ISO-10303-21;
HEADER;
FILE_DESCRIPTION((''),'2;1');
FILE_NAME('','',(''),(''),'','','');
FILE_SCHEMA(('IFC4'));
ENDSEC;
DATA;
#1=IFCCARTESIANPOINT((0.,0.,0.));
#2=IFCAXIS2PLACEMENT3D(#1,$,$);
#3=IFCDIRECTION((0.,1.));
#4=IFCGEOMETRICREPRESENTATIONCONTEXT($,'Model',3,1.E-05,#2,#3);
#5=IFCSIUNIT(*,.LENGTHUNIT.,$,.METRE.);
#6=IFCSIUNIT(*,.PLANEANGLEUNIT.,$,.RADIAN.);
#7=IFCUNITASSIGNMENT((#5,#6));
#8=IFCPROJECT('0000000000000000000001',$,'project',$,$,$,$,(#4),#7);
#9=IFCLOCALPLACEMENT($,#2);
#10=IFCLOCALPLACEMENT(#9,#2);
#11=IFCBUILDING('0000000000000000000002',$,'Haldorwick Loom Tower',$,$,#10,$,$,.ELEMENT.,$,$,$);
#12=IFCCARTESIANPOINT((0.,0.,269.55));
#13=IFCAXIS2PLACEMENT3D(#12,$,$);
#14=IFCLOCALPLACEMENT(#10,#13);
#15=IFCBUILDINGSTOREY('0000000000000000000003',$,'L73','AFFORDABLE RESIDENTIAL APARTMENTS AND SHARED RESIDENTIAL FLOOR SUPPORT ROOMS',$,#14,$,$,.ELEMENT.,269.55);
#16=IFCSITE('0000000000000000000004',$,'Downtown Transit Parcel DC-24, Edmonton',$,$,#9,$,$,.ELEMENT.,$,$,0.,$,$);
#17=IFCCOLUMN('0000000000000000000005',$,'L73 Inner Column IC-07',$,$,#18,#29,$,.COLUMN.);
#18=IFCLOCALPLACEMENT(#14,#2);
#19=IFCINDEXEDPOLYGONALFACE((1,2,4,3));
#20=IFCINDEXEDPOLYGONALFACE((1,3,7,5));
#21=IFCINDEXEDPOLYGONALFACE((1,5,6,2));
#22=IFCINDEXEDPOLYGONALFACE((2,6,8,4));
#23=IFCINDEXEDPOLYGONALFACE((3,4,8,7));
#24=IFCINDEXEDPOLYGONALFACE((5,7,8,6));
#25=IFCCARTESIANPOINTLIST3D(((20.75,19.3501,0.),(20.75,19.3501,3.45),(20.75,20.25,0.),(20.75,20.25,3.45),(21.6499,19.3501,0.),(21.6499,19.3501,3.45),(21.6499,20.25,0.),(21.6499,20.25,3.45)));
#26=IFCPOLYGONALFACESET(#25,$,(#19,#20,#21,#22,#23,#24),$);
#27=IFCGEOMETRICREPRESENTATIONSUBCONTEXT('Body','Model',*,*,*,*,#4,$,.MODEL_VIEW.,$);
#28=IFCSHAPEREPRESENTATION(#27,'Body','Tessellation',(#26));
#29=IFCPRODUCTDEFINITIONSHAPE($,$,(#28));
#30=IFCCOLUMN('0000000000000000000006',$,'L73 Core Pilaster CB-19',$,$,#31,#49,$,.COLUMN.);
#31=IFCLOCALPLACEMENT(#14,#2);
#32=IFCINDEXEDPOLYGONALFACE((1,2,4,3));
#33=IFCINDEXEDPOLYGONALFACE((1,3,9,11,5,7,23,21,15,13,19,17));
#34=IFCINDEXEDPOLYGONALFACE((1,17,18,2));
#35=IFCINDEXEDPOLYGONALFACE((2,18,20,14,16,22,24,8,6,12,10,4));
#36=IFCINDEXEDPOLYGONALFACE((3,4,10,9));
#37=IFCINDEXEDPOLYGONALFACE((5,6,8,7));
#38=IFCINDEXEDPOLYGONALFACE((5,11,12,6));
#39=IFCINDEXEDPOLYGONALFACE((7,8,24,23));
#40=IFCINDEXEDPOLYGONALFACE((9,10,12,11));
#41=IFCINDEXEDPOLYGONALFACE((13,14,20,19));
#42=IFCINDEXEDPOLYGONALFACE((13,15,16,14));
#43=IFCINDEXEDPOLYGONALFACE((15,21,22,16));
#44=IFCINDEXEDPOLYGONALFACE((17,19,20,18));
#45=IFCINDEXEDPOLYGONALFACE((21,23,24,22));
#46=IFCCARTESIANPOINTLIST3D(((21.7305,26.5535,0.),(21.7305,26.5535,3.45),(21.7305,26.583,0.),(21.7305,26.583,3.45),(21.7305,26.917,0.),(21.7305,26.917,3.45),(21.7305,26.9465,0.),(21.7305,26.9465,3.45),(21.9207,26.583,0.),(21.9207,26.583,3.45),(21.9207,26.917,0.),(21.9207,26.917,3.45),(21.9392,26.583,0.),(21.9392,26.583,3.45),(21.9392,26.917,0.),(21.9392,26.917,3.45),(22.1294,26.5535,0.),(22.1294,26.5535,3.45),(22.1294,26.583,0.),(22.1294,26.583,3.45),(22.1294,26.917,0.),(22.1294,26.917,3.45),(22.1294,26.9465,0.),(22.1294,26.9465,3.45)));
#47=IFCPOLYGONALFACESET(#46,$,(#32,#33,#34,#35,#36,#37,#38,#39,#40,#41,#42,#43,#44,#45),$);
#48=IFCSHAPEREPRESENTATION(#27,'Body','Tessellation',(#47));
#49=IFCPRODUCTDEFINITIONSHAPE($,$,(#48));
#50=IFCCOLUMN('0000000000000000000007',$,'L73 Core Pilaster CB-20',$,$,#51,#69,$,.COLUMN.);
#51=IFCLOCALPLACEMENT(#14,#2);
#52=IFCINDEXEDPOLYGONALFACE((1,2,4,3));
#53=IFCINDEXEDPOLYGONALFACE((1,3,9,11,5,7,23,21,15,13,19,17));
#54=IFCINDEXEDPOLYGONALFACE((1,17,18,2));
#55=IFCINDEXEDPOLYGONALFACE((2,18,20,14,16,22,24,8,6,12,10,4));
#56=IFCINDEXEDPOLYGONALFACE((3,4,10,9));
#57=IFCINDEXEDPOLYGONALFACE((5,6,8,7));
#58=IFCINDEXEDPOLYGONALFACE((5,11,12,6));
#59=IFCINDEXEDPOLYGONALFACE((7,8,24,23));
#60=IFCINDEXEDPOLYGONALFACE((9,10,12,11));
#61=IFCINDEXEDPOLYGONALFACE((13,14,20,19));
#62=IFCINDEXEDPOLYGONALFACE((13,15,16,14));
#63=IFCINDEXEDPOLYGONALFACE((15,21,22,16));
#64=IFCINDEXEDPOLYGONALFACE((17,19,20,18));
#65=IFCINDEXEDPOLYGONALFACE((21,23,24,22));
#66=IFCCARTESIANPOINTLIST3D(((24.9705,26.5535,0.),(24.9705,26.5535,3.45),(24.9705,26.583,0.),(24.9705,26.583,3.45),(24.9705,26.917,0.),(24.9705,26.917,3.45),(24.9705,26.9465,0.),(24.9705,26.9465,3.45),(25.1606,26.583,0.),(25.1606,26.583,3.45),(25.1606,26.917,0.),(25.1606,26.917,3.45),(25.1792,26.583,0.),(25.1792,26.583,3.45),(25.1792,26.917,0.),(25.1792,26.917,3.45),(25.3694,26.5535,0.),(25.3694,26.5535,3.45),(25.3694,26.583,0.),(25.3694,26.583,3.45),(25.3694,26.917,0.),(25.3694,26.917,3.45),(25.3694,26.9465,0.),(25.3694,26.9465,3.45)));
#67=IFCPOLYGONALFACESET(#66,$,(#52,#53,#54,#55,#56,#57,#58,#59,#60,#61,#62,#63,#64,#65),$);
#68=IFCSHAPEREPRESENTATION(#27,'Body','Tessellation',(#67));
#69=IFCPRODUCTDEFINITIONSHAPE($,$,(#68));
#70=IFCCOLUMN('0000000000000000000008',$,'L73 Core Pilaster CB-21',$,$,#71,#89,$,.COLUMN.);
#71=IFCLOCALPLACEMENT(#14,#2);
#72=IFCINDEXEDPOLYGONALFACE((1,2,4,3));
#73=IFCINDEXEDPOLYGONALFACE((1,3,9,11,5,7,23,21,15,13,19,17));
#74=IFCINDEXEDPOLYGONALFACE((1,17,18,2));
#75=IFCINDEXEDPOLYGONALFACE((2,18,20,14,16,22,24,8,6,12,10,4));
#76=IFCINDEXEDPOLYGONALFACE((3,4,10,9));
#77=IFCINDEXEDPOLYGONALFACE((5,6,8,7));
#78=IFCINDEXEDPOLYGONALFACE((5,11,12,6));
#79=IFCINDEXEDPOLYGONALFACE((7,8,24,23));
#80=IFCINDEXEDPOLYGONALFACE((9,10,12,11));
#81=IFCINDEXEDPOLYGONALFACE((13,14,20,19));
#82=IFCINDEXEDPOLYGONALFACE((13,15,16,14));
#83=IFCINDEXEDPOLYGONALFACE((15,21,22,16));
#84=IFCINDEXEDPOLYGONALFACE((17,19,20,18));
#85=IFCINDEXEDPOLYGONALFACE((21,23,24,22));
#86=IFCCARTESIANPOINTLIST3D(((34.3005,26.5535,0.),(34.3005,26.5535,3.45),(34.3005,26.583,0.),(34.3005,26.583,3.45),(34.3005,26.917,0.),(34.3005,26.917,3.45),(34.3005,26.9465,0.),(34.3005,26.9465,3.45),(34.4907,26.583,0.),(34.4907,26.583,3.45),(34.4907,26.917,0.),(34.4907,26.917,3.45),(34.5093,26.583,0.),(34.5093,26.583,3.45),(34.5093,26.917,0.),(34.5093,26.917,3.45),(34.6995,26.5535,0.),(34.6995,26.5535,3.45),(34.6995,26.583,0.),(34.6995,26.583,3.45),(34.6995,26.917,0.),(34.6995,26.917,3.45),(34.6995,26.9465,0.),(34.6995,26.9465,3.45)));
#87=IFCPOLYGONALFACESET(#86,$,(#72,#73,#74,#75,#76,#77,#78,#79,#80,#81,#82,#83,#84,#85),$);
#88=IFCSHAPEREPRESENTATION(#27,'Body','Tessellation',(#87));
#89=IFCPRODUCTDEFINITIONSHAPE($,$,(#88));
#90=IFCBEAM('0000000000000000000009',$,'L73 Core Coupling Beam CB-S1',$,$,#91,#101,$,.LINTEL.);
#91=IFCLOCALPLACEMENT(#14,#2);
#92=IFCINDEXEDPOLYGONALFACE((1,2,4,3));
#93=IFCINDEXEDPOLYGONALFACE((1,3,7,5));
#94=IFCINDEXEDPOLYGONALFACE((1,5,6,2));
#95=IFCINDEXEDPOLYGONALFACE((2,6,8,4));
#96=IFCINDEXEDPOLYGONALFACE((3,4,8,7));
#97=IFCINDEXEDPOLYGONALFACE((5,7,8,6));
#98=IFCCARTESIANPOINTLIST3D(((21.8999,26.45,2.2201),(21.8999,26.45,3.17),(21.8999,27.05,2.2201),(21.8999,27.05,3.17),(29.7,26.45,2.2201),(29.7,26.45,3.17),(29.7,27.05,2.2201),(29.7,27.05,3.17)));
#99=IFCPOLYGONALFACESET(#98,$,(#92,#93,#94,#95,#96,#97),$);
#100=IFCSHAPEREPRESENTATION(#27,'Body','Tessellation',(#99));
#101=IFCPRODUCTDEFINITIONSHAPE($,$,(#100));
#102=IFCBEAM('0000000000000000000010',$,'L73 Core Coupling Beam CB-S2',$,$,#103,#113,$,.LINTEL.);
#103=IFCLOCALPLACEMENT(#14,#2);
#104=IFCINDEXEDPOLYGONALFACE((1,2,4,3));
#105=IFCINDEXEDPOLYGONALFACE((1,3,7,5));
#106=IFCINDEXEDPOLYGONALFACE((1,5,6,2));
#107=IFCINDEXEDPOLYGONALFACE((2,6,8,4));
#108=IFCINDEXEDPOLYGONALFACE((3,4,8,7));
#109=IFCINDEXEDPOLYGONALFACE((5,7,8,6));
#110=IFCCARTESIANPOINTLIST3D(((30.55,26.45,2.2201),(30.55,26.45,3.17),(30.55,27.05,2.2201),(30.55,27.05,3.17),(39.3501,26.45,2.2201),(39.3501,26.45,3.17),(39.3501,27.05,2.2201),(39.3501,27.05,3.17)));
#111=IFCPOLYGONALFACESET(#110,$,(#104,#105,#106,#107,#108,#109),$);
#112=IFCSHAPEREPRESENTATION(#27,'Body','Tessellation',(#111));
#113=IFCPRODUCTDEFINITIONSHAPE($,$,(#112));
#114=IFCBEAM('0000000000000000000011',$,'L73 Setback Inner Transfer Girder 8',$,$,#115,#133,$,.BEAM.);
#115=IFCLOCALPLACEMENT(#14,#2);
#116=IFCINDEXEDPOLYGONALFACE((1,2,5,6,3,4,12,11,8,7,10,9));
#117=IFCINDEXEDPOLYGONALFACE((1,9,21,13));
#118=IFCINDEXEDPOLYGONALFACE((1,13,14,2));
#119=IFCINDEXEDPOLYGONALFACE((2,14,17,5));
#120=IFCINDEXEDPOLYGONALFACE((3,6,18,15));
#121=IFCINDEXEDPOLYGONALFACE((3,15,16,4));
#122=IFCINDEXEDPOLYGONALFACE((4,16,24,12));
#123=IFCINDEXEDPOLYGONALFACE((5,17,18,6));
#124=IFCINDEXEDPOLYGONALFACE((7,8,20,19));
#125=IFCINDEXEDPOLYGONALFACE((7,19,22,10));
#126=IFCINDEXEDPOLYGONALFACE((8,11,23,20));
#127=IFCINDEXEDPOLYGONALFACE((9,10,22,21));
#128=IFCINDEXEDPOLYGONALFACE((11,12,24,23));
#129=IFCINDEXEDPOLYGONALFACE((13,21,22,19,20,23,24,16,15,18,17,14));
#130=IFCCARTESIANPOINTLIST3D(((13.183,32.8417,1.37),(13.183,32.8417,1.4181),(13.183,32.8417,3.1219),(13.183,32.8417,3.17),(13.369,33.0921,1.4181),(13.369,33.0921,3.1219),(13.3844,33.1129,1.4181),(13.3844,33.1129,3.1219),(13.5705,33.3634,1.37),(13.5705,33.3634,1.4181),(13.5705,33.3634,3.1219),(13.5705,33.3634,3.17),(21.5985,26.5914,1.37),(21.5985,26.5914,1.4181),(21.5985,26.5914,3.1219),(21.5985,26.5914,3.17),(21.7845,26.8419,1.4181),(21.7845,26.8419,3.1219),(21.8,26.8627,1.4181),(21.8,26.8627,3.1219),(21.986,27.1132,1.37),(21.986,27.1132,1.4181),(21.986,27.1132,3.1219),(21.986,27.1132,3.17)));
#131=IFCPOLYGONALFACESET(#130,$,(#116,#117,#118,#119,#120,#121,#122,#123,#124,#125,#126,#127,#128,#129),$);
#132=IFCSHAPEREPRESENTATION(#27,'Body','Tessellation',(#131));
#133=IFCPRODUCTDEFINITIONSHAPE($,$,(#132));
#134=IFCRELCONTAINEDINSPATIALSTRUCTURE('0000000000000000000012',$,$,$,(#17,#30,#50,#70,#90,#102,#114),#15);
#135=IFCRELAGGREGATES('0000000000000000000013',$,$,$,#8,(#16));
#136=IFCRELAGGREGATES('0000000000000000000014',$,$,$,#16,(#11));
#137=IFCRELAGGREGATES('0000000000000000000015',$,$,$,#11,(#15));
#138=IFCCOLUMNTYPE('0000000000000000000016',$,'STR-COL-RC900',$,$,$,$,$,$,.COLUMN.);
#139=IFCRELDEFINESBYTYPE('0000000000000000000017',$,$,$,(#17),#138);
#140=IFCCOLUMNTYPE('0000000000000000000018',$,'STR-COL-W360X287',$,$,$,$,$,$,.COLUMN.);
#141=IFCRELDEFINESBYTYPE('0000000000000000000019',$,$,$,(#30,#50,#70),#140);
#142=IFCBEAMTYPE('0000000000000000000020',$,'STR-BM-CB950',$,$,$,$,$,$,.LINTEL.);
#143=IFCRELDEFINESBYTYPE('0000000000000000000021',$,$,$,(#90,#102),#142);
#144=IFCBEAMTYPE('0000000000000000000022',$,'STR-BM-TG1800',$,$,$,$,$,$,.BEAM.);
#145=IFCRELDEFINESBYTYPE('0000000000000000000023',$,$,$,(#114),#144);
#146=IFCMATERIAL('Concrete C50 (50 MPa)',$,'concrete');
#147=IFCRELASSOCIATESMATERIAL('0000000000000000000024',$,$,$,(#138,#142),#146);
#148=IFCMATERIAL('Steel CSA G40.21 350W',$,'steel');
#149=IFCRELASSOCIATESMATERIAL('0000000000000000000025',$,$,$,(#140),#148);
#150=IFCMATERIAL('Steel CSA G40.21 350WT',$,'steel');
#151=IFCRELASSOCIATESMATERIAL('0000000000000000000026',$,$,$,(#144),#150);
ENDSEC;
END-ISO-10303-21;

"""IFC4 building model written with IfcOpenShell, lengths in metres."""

from ifc_helpers import new_model, si_unit, direction, frame, origin, origin_2d, place, context, subcontext, project, spatial, rectangle, i_section, extrude, material, material_profile, profile_set, type_object, element, save


model = new_model("IFC4")

# Units and contexts
model_context = context("Model", 3, precision=1e-05, world=origin(), true_north=direction((0.0, 1.0)))
body_context = subcontext(model_context, "Body", "Model", "MODEL_VIEW")
ifc_project = project(units=[si_unit("LENGTHUNIT", "METRE"), si_unit("PLANEANGLEUNIT", "RADIAN")], contexts=[model_context])

# Site, building, storey
site_placement = place(None, origin())
site = spatial("IfcSite", under=ifc_project, at=site_placement, Name="Downtown Transit Parcel DC-24, Edmonton", CompositionType="ELEMENT", RefElevation=0.0)
building_placement = place(site_placement, origin())
building = spatial("IfcBuilding", under=site, at=building_placement, Name="Haldorwick Loom Tower", CompositionType="ELEMENT")
storey_placement = place(building_placement, frame((0.0, 0.0, 269.55)))
storey = spatial("IfcBuildingStorey", under=building, at=storey_placement, Name="L73", Description="AFFORDABLE RESIDENTIAL APARTMENTS AND SHARED RESIDENTIAL FLOOR SUPPORT ROOMS", CompositionType="ELEMENT", Elevation=269.55)

# Columns
ifc_material_1 = material(Name="Concrete C50 (50 MPa)", Category="concrete")
ifc_material_profile_1 = material_profile(ifc_material_1, rectangle(XDim=0.8999, YDim=0.8999, at=origin_2d()), Name="RC900X900", Category="concrete")
ifc_profile_set_1 = profile_set([ifc_material_profile_1], Name="Concrete C50 (50 MPa)")
column_type_1 = type_object("IfcColumnType", Name="STR-COL-RC900", PredefinedType="COLUMN", material=ifc_profile_set_1)
column_placement = place(storey_placement, frame((21.2, 19.8, 0.0), z_axis=(0.0, 0.0, 1.0), x_axis=(1.0, 0.0, 0.0)))
element("IfcColumn", 1, at=column_placement, inside=storey, type_object=column_type_1, Name="L73 Inner Column IC-07", PredefinedType="COLUMN", context=body_context, shape_type="SweptSolid", body=[
    extrude(rectangle(XDim=0.8999, YDim=0.8999, at=origin_2d()), origin(), (0.0, 0.0, 1.0), 3.45),
])
ifc_material_2 = material(Name="Steel CSA G40.21 350W", Category="steel")
ifc_material_profile_2 = material_profile(ifc_material_2, i_section(OverallWidth=0.3989, OverallDepth=0.3931, WebThickness=0.0186, FlangeThickness=0.0295, at=origin_2d()), Name="W360X287", Category="steel")
ifc_profile_set_2 = profile_set([ifc_material_profile_2], Name="Steel CSA G40.21 350W")
column_type_2 = type_object("IfcColumnType", Name="STR-COL-W360X287", PredefinedType="COLUMN", material=ifc_profile_set_2)
for number, where, z_axis, x_axis, name in (
    (2, (21.9299, 26.75, 0.0), (0.0, 0.0, 1.0), (1.0, 0.0, 0.0), "L73 Core Pilaster CB-19"),
    (3, (25.1699, 26.75, 0.0), (0.0, 0.0, 1.0), (1.0, 0.0, 0.0), "L73 Core Pilaster CB-20"),
    (4, (34.5, 26.75, 0.0), (0.0, 0.0, 1.0), (1.0, 0.0, 0.0), "L73 Core Pilaster CB-21"),
):
    element("IfcColumn", number, at=place(storey_placement, frame(where, z_axis=z_axis, x_axis=x_axis)), inside=storey, type_object=column_type_2, Name=name, PredefinedType="COLUMN", context=body_context, shape_type="SweptSolid", body=[
        extrude(i_section(OverallWidth=0.3989, OverallDepth=0.3931, WebThickness=0.0186, FlangeThickness=0.0295, at=origin_2d()), origin(), (0.0, 0.0, 1.0), 3.45),
    ])

# Beams
ifc_material_profile_3 = material_profile(ifc_material_1, rectangle(XDim=0.6001, YDim=0.95, at=origin_2d()), Name="RC600X950", Category="concrete")
ifc_profile_set_3 = profile_set([ifc_material_profile_3], Name="Concrete C50 (50 MPa)")
beam_type_1 = type_object("IfcBeamType", Name="STR-BM-CB950", PredefinedType="LINTEL", material=ifc_profile_set_3)
beam_1_placement = place(storey_placement, frame((21.8999, 26.75, 2.6951), z_axis=(1.0, 0.0, 0.0), x_axis=(0.0, 1.0, 0.0)))
element("IfcBeam", 5, at=beam_1_placement, inside=storey, type_object=beam_type_1, Name="L73 Core Coupling Beam CB-S1", PredefinedType="LINTEL", context=body_context, shape_type="SweptSolid", body=[
    extrude(rectangle(XDim=0.6001, YDim=0.95, at=origin_2d()), origin(), (0.0, 0.0, 1.0), 7.8),
])
beam_2_placement = place(storey_placement, frame((30.55, 26.75, 2.6951), z_axis=(1.0, 0.0, 0.0), x_axis=(0.0, 1.0, 0.0)))
element("IfcBeam", 6, at=beam_2_placement, inside=storey, type_object=beam_type_1, Name="L73 Core Coupling Beam CB-S2", PredefinedType="LINTEL", context=body_context, shape_type="SweptSolid", body=[
    extrude(rectangle(XDim=0.6001, YDim=0.95, at=origin_2d()), origin(), (0.0, 0.0, 1.0), 8.8),
])
ifc_material_3 = material(Name="Steel CSA G40.21 350WT", Category="steel")
ifc_material_profile_4 = material_profile(ifc_material_3, i_section(OverallWidth=0.6499, OverallDepth=1.8, WebThickness=0.0259, FlangeThickness=0.0481, at=origin_2d()), Name="WWF1800X650", Category="steel")
ifc_profile_set_4 = profile_set([ifc_material_profile_4], Name="Steel CSA G40.21 350WT")
beam_type_2 = type_object("IfcBeamType", Name="STR-BM-TG1800", PredefinedType="BEAM", material=ifc_profile_set_4)
beam_3_placement = place(storey_placement, frame((21.7922, 26.8523, 2.27), z_axis=(-0.802803, 0.596245, 0.0), x_axis=(-0.596245, -0.802803, 0.0)))
element("IfcBeam", 7, at=beam_3_placement, inside=storey, type_object=beam_type_2, Name="L73 Setback Inner Transfer Girder 8", PredefinedType="BEAM", context=body_context, shape_type="SweptSolid", body=[
    extrude(i_section(OverallWidth=0.6499, OverallDepth=1.8, WebThickness=0.0259, FlangeThickness=0.0481, at=origin_2d()), origin(), (0.0, 0.0, 1.0), 10.4827),
])

save(model, "model.ifc")
